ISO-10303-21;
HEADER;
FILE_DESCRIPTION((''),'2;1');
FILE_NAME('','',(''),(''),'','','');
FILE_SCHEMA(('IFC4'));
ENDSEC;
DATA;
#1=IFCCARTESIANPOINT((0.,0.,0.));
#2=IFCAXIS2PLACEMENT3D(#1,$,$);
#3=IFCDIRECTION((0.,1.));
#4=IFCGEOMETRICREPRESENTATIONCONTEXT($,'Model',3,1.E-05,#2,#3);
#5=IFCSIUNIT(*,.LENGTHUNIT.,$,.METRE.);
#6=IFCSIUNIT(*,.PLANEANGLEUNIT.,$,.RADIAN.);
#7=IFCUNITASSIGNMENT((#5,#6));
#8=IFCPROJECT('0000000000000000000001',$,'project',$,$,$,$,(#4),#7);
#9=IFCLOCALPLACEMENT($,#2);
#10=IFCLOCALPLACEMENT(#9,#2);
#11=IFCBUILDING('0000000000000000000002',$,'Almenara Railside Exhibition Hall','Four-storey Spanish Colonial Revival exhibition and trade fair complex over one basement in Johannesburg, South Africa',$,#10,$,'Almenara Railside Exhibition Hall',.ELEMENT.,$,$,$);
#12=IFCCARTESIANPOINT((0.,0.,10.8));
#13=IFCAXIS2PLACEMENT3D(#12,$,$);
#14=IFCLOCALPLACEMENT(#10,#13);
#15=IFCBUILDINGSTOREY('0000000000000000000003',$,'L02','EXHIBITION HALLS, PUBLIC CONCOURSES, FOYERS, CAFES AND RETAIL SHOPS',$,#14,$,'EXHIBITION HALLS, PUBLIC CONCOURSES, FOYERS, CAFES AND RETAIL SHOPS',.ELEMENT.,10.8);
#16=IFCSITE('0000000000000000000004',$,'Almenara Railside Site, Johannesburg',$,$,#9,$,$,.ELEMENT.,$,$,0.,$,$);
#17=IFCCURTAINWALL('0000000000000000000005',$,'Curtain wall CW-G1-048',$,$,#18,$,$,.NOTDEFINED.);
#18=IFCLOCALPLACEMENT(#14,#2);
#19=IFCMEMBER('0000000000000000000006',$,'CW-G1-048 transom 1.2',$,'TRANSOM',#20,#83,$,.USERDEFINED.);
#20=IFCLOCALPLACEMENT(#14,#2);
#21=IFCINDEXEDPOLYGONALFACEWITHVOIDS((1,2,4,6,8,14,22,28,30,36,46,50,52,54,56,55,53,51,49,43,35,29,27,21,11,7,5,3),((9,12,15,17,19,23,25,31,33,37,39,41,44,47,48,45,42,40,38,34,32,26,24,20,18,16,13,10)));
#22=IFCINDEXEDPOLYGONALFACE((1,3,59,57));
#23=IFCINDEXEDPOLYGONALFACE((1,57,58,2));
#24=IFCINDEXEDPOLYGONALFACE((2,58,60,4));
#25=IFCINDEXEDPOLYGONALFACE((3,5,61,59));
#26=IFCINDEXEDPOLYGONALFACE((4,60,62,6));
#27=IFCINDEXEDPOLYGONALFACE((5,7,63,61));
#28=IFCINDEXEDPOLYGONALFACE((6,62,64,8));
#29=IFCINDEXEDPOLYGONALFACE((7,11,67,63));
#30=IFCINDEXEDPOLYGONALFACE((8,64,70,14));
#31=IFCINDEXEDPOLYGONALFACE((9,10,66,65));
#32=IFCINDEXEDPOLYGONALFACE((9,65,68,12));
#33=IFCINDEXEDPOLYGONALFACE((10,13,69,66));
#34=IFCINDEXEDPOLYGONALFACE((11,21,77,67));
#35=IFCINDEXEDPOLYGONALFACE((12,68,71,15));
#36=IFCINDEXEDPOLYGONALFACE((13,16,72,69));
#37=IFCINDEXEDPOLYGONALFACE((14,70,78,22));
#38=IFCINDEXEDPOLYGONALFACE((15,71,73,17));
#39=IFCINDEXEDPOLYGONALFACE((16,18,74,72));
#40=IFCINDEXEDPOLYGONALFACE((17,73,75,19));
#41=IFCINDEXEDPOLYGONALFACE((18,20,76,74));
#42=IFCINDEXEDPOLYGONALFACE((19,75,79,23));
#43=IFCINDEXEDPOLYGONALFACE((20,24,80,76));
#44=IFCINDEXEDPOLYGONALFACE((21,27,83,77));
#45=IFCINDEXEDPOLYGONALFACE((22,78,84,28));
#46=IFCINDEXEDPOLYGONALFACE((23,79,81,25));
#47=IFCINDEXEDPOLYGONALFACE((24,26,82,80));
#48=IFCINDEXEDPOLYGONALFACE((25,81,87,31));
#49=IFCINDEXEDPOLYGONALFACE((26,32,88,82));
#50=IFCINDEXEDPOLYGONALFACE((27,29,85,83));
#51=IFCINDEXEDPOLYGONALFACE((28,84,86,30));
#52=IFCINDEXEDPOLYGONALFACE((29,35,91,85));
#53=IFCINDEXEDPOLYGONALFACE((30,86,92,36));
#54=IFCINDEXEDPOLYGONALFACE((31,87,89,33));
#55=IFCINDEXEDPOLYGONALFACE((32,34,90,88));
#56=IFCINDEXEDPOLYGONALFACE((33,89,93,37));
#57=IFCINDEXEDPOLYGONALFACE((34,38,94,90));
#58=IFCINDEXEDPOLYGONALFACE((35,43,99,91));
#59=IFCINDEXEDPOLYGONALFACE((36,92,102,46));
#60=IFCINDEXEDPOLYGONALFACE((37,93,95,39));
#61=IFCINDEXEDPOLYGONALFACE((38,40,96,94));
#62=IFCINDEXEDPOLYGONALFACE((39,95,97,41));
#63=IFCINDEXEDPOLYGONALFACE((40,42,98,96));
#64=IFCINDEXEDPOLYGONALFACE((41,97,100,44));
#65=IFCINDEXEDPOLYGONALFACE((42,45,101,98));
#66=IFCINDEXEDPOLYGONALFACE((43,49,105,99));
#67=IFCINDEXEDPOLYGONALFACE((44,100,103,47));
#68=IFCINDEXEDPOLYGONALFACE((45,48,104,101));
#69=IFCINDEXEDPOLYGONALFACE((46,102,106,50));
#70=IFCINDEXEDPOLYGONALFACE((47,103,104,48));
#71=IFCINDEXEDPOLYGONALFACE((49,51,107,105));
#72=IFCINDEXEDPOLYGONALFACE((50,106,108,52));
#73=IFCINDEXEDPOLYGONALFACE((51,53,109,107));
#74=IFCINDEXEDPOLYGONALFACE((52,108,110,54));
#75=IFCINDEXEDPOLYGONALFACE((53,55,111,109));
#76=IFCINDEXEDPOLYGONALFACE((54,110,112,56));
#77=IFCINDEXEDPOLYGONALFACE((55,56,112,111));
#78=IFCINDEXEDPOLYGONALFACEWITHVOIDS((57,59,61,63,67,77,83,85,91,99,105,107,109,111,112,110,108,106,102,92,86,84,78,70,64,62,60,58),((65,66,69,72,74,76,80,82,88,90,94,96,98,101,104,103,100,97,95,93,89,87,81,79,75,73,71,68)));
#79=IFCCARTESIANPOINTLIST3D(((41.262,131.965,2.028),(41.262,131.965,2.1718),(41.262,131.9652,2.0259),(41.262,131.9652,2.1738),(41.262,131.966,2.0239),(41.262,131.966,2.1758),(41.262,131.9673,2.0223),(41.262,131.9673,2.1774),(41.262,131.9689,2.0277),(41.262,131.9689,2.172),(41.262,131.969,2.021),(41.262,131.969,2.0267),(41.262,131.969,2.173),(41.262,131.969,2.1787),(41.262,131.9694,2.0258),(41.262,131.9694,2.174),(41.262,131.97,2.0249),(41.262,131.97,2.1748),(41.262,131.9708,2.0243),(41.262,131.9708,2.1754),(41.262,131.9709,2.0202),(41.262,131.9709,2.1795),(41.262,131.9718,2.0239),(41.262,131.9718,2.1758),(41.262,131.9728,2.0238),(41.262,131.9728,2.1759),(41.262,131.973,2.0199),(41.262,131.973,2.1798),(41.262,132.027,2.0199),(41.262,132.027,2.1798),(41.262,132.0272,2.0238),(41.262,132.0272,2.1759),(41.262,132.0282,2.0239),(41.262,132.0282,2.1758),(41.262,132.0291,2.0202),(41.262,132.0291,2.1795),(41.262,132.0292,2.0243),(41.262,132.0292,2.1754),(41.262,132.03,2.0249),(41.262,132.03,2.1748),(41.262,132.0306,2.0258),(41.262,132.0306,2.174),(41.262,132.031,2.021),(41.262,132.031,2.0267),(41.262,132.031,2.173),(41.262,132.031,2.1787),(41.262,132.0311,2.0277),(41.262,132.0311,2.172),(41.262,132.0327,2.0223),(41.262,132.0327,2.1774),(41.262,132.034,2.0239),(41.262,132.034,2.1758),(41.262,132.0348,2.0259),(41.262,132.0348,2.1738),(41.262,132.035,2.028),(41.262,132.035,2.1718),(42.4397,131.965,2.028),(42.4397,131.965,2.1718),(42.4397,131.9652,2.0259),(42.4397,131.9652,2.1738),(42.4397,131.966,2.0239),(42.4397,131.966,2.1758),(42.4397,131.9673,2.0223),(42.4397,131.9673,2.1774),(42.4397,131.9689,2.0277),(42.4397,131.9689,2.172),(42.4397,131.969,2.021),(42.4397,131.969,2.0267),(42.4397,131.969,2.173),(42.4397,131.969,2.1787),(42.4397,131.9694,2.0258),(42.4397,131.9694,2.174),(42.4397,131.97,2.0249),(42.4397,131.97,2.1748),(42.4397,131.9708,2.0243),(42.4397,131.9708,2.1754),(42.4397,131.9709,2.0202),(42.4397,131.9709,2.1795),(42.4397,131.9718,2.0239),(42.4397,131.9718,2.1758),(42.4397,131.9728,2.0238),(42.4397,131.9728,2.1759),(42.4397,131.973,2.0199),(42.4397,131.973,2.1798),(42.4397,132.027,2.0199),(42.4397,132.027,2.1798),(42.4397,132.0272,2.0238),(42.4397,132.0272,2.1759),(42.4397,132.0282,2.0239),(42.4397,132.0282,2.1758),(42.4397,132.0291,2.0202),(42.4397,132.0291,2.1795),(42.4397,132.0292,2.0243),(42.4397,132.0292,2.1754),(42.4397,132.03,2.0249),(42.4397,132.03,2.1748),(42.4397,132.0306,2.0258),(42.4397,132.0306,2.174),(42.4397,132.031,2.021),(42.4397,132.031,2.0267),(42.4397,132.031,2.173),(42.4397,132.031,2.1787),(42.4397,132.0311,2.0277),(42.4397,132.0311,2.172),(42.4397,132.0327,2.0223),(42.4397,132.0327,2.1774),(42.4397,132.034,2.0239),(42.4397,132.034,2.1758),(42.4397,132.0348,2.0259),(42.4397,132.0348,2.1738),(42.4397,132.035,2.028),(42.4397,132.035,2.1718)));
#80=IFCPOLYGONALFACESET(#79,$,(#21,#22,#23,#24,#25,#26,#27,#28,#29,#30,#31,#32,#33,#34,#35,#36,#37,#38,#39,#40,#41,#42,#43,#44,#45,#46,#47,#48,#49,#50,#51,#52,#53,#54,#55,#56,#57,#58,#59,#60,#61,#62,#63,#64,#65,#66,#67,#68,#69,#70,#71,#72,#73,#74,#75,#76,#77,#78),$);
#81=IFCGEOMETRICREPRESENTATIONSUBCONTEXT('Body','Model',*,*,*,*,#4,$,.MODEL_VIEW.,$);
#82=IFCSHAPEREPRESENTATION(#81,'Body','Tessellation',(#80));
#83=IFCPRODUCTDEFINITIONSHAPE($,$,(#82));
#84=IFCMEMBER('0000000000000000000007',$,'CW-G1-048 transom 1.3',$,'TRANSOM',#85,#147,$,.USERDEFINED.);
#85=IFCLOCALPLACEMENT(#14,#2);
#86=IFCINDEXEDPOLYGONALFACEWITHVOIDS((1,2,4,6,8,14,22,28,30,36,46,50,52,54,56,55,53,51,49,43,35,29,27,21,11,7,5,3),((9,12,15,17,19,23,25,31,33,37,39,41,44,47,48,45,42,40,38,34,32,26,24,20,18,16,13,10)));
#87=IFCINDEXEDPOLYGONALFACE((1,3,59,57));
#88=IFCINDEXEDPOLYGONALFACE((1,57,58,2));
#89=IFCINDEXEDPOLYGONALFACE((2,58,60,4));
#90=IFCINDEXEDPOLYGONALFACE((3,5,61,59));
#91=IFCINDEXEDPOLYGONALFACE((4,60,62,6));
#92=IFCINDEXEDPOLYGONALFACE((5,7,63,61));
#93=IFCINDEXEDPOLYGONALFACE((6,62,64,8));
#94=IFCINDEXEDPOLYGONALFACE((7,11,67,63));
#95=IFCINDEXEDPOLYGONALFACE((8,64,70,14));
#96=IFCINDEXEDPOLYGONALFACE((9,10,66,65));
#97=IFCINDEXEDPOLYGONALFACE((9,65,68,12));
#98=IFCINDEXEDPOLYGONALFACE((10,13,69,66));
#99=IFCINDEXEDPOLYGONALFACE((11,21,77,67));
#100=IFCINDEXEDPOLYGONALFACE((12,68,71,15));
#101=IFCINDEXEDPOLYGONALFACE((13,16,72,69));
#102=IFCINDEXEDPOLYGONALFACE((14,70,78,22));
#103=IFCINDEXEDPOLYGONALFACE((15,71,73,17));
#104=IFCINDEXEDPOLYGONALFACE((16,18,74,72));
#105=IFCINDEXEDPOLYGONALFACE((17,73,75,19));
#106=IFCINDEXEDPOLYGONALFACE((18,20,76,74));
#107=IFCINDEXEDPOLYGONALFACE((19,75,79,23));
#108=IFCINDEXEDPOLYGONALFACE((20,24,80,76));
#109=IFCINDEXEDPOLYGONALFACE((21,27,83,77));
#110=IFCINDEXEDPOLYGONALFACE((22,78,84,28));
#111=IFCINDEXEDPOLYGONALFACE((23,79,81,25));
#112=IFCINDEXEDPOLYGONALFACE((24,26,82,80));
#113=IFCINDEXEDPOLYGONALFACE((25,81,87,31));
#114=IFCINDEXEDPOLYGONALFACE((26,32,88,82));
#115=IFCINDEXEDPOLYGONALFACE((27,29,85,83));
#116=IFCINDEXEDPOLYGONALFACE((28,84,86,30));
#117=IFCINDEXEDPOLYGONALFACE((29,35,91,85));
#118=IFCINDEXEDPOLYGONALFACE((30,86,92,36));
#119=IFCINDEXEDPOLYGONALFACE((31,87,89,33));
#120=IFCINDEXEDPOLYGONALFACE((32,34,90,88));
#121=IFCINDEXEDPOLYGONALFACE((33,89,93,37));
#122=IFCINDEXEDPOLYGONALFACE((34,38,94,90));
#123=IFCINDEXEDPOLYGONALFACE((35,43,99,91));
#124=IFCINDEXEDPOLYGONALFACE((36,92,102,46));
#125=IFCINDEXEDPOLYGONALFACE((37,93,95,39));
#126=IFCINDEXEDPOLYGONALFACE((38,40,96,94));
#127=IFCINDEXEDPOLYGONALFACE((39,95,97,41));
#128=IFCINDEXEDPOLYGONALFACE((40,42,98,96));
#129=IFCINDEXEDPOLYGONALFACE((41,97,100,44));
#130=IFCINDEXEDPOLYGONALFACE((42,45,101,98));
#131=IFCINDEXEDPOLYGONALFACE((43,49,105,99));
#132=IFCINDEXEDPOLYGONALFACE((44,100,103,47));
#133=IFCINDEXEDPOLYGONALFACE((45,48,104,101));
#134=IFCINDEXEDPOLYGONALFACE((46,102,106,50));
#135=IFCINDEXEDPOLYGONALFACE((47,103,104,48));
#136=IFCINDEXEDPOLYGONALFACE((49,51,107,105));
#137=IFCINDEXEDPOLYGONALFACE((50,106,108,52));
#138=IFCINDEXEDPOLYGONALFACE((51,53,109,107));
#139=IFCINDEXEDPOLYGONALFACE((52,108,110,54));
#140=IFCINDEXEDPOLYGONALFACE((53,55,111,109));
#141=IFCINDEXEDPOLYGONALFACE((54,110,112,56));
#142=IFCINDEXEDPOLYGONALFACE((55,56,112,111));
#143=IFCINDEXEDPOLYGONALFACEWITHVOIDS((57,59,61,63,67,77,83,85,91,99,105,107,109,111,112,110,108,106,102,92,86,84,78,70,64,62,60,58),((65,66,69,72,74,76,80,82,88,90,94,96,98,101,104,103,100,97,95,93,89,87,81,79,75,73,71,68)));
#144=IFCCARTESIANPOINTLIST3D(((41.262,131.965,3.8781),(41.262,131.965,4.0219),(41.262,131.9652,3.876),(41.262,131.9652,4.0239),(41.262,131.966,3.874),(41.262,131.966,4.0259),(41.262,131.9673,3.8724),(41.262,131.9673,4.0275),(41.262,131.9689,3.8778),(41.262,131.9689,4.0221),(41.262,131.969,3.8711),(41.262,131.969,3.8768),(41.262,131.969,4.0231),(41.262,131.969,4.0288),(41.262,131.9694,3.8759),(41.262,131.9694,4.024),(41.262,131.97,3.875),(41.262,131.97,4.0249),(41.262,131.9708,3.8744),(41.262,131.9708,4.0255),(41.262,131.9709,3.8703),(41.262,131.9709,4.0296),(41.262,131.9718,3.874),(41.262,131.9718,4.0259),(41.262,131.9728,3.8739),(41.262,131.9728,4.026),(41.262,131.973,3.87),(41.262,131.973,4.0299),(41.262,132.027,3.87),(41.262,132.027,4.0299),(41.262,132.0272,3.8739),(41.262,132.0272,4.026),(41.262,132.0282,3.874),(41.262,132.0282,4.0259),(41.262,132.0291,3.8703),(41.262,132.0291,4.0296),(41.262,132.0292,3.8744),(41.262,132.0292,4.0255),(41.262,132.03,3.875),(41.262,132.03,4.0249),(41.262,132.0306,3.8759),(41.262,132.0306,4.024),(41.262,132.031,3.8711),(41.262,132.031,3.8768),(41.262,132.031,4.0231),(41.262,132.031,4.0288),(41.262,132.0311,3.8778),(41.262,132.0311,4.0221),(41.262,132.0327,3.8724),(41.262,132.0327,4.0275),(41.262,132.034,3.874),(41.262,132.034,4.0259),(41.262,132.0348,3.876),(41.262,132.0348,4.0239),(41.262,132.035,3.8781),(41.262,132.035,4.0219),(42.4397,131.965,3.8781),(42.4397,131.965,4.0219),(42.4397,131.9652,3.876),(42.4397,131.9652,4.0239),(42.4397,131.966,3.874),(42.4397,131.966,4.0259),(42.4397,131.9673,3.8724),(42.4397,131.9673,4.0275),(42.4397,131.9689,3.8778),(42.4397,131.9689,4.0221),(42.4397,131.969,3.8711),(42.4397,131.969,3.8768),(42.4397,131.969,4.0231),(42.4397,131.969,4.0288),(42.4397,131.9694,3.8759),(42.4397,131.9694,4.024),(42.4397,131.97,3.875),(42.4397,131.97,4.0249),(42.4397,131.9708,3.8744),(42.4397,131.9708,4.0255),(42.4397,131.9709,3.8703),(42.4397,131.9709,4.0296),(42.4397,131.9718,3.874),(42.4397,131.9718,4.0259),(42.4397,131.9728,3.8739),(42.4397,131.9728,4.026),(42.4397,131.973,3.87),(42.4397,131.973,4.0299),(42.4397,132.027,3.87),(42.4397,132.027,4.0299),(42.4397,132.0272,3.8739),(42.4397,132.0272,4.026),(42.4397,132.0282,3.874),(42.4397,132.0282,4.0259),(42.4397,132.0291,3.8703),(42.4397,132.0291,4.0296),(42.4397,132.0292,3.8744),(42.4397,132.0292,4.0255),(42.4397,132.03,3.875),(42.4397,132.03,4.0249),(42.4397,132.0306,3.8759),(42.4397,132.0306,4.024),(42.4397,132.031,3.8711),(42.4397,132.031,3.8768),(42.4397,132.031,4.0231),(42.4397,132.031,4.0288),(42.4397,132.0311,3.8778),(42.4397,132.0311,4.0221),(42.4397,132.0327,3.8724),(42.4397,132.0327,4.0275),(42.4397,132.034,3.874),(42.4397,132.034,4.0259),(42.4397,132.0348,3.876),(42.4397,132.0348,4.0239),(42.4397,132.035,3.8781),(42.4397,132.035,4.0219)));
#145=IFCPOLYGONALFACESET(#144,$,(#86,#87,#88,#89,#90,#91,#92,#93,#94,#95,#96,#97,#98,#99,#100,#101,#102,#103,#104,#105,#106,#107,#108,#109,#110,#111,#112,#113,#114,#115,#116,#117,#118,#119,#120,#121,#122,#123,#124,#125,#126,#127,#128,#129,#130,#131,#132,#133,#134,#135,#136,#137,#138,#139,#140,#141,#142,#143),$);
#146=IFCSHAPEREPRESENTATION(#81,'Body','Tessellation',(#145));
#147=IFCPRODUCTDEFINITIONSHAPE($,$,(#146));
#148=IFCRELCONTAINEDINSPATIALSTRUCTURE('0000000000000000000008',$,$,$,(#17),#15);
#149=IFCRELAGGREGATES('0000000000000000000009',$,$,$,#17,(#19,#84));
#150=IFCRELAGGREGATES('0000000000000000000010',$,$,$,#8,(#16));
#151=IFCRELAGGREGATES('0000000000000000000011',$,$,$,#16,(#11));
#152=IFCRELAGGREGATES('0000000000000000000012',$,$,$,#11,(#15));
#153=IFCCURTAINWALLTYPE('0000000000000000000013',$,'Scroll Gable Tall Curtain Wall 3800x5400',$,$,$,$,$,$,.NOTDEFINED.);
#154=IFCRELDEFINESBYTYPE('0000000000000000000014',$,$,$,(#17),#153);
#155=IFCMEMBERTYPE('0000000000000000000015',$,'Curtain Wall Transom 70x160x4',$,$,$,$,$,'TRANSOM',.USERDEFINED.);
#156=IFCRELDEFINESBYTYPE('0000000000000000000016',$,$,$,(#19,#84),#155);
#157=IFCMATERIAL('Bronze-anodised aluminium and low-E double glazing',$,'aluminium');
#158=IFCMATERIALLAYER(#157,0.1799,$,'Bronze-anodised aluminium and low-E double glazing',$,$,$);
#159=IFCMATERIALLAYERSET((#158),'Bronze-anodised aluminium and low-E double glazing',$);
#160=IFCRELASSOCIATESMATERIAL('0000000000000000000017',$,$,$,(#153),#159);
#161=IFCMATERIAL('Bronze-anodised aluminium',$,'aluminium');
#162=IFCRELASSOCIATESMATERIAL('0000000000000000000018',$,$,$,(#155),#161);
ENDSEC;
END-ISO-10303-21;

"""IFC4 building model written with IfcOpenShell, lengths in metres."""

from ifc_helpers import new_model, si_unit, direction, frame, origin, origin_2d, place, context, subcontext, project, spatial, hollow_rectangle, extrude, material, layer, layer_set, material_profile, profile_set, type_object, element, aggregate, save


model = new_model("IFC4")

# Units and contexts
model_context = context("Model", 3, precision=1e-05, world=origin(), true_north=direction((0.0, 1.0)))
body_context = subcontext(model_context, "Body", "Model", "MODEL_VIEW")
ifc_project = project(units=[si_unit("LENGTHUNIT", "METRE"), si_unit("PLANEANGLEUNIT", "RADIAN")], contexts=[model_context])

# Site, building, storey
site_placement = place(None, origin())
site = spatial("IfcSite", under=ifc_project, at=site_placement, Name="Almenara Railside Site, Johannesburg", CompositionType="ELEMENT", RefElevation=0.0)
building_placement = place(site_placement, origin())
building = spatial("IfcBuilding", under=site, at=building_placement, Name="Almenara Railside Exhibition Hall", Description="Four-storey Spanish Colonial Revival exhibition and trade fair complex over one basement in Johannesburg, South Africa", LongName="Almenara Railside Exhibition Hall", CompositionType="ELEMENT")
storey_placement = place(building_placement, frame((0.0, 0.0, 10.8)))
storey = spatial("IfcBuildingStorey", under=building, at=storey_placement, Name="L02", Description="EXHIBITION HALLS, PUBLIC CONCOURSES, FOYERS, CAFES AND RETAIL SHOPS", LongName="EXHIBITION HALLS, PUBLIC CONCOURSES, FOYERS, CAFES AND RETAIL SHOPS", CompositionType="ELEMENT", Elevation=10.8)

# Curtain wall
ifc_material_1 = material(Name="Bronze-anodised aluminium and low-E double glazing", Category="aluminium")
ifc_layer_1 = layer(ifc_material_1, 0.1799, Name="Bronze-anodised aluminium and low-E double glazing")
ifc_layer_set_1 = layer_set([ifc_layer_1], Name="Bronze-anodised aluminium and low-E double glazing")
curtain_wall_type = type_object("IfcCurtainWallType", Name="Scroll Gable Tall Curtain Wall 3800x5400", PredefinedType="NOTDEFINED", material=ifc_layer_set_1)
ifc_material_2 = material(Name="Bronze-anodised aluminium", Category="aluminium")
curtain_wall_1_placement = place(storey_placement, origin())
curtain_wall_1 = element("IfcCurtainWall", 1, at=curtain_wall_1_placement, inside=storey, type_object=curtain_wall_type, Name="Curtain wall CW-G1-048", PredefinedType="NOTDEFINED")

# Members
ifc_material_profile_1 = material_profile(ifc_material_2, hollow_rectangle(XDim=0.0701, YDim=0.1599, WallThickness=0.0039, InnerFilletRadius=0.0039, OuterFilletRadius=0.0081, at=origin_2d()), Name="ALU-TRN 70x160x4")
ifc_profile_set_1 = profile_set([ifc_material_profile_1], Name="Bronze-anodised aluminium")
member_type_1 = type_object("IfcMemberType", Name="Curtain Wall Transom 70x160x4", ElementType="TRANSOM", PredefinedType="USERDEFINED", material=ifc_profile_set_1)
member_1_placement = place(storey_placement, frame((41.262, 132.0, 2.0999), z_axis=(1.0, 0.0, 0.0), x_axis=(0.0, 1.0, 0.0)))
member_1 = element("IfcMember", 2, at=member_1_placement, type_object=member_type_1, Name="CW-G1-048 transom 1.2", ObjectType="TRANSOM", PredefinedType="USERDEFINED", context=body_context, shape_type="SweptSolid", body=[
    extrude(hollow_rectangle(XDim=0.0701, YDim=0.1599, WallThickness=0.0039, InnerFilletRadius=0.0039, OuterFilletRadius=0.0081, at=origin_2d()), origin(), (0.0, 0.0, 1.0), 1.1777),
])
member_2_placement = place(storey_placement, frame((41.262, 132.0, 3.95), z_axis=(1.0, 0.0, 0.0), x_axis=(0.0, 1.0, 0.0)))
member_2 = element("IfcMember", 3, at=member_2_placement, type_object=member_type_1, Name="CW-G1-048 transom 1.3", ObjectType="TRANSOM", PredefinedType="USERDEFINED", context=body_context, shape_type="SweptSolid", body=[
    extrude(hollow_rectangle(XDim=0.0701, YDim=0.1599, WallThickness=0.0039, InnerFilletRadius=0.0039, OuterFilletRadius=0.0081, at=origin_2d()), origin(), (0.0, 0.0, 1.0), 1.1777),
])

aggregate(curtain_wall_1, [member_1, member_2])

save(model, "model.ifc")
